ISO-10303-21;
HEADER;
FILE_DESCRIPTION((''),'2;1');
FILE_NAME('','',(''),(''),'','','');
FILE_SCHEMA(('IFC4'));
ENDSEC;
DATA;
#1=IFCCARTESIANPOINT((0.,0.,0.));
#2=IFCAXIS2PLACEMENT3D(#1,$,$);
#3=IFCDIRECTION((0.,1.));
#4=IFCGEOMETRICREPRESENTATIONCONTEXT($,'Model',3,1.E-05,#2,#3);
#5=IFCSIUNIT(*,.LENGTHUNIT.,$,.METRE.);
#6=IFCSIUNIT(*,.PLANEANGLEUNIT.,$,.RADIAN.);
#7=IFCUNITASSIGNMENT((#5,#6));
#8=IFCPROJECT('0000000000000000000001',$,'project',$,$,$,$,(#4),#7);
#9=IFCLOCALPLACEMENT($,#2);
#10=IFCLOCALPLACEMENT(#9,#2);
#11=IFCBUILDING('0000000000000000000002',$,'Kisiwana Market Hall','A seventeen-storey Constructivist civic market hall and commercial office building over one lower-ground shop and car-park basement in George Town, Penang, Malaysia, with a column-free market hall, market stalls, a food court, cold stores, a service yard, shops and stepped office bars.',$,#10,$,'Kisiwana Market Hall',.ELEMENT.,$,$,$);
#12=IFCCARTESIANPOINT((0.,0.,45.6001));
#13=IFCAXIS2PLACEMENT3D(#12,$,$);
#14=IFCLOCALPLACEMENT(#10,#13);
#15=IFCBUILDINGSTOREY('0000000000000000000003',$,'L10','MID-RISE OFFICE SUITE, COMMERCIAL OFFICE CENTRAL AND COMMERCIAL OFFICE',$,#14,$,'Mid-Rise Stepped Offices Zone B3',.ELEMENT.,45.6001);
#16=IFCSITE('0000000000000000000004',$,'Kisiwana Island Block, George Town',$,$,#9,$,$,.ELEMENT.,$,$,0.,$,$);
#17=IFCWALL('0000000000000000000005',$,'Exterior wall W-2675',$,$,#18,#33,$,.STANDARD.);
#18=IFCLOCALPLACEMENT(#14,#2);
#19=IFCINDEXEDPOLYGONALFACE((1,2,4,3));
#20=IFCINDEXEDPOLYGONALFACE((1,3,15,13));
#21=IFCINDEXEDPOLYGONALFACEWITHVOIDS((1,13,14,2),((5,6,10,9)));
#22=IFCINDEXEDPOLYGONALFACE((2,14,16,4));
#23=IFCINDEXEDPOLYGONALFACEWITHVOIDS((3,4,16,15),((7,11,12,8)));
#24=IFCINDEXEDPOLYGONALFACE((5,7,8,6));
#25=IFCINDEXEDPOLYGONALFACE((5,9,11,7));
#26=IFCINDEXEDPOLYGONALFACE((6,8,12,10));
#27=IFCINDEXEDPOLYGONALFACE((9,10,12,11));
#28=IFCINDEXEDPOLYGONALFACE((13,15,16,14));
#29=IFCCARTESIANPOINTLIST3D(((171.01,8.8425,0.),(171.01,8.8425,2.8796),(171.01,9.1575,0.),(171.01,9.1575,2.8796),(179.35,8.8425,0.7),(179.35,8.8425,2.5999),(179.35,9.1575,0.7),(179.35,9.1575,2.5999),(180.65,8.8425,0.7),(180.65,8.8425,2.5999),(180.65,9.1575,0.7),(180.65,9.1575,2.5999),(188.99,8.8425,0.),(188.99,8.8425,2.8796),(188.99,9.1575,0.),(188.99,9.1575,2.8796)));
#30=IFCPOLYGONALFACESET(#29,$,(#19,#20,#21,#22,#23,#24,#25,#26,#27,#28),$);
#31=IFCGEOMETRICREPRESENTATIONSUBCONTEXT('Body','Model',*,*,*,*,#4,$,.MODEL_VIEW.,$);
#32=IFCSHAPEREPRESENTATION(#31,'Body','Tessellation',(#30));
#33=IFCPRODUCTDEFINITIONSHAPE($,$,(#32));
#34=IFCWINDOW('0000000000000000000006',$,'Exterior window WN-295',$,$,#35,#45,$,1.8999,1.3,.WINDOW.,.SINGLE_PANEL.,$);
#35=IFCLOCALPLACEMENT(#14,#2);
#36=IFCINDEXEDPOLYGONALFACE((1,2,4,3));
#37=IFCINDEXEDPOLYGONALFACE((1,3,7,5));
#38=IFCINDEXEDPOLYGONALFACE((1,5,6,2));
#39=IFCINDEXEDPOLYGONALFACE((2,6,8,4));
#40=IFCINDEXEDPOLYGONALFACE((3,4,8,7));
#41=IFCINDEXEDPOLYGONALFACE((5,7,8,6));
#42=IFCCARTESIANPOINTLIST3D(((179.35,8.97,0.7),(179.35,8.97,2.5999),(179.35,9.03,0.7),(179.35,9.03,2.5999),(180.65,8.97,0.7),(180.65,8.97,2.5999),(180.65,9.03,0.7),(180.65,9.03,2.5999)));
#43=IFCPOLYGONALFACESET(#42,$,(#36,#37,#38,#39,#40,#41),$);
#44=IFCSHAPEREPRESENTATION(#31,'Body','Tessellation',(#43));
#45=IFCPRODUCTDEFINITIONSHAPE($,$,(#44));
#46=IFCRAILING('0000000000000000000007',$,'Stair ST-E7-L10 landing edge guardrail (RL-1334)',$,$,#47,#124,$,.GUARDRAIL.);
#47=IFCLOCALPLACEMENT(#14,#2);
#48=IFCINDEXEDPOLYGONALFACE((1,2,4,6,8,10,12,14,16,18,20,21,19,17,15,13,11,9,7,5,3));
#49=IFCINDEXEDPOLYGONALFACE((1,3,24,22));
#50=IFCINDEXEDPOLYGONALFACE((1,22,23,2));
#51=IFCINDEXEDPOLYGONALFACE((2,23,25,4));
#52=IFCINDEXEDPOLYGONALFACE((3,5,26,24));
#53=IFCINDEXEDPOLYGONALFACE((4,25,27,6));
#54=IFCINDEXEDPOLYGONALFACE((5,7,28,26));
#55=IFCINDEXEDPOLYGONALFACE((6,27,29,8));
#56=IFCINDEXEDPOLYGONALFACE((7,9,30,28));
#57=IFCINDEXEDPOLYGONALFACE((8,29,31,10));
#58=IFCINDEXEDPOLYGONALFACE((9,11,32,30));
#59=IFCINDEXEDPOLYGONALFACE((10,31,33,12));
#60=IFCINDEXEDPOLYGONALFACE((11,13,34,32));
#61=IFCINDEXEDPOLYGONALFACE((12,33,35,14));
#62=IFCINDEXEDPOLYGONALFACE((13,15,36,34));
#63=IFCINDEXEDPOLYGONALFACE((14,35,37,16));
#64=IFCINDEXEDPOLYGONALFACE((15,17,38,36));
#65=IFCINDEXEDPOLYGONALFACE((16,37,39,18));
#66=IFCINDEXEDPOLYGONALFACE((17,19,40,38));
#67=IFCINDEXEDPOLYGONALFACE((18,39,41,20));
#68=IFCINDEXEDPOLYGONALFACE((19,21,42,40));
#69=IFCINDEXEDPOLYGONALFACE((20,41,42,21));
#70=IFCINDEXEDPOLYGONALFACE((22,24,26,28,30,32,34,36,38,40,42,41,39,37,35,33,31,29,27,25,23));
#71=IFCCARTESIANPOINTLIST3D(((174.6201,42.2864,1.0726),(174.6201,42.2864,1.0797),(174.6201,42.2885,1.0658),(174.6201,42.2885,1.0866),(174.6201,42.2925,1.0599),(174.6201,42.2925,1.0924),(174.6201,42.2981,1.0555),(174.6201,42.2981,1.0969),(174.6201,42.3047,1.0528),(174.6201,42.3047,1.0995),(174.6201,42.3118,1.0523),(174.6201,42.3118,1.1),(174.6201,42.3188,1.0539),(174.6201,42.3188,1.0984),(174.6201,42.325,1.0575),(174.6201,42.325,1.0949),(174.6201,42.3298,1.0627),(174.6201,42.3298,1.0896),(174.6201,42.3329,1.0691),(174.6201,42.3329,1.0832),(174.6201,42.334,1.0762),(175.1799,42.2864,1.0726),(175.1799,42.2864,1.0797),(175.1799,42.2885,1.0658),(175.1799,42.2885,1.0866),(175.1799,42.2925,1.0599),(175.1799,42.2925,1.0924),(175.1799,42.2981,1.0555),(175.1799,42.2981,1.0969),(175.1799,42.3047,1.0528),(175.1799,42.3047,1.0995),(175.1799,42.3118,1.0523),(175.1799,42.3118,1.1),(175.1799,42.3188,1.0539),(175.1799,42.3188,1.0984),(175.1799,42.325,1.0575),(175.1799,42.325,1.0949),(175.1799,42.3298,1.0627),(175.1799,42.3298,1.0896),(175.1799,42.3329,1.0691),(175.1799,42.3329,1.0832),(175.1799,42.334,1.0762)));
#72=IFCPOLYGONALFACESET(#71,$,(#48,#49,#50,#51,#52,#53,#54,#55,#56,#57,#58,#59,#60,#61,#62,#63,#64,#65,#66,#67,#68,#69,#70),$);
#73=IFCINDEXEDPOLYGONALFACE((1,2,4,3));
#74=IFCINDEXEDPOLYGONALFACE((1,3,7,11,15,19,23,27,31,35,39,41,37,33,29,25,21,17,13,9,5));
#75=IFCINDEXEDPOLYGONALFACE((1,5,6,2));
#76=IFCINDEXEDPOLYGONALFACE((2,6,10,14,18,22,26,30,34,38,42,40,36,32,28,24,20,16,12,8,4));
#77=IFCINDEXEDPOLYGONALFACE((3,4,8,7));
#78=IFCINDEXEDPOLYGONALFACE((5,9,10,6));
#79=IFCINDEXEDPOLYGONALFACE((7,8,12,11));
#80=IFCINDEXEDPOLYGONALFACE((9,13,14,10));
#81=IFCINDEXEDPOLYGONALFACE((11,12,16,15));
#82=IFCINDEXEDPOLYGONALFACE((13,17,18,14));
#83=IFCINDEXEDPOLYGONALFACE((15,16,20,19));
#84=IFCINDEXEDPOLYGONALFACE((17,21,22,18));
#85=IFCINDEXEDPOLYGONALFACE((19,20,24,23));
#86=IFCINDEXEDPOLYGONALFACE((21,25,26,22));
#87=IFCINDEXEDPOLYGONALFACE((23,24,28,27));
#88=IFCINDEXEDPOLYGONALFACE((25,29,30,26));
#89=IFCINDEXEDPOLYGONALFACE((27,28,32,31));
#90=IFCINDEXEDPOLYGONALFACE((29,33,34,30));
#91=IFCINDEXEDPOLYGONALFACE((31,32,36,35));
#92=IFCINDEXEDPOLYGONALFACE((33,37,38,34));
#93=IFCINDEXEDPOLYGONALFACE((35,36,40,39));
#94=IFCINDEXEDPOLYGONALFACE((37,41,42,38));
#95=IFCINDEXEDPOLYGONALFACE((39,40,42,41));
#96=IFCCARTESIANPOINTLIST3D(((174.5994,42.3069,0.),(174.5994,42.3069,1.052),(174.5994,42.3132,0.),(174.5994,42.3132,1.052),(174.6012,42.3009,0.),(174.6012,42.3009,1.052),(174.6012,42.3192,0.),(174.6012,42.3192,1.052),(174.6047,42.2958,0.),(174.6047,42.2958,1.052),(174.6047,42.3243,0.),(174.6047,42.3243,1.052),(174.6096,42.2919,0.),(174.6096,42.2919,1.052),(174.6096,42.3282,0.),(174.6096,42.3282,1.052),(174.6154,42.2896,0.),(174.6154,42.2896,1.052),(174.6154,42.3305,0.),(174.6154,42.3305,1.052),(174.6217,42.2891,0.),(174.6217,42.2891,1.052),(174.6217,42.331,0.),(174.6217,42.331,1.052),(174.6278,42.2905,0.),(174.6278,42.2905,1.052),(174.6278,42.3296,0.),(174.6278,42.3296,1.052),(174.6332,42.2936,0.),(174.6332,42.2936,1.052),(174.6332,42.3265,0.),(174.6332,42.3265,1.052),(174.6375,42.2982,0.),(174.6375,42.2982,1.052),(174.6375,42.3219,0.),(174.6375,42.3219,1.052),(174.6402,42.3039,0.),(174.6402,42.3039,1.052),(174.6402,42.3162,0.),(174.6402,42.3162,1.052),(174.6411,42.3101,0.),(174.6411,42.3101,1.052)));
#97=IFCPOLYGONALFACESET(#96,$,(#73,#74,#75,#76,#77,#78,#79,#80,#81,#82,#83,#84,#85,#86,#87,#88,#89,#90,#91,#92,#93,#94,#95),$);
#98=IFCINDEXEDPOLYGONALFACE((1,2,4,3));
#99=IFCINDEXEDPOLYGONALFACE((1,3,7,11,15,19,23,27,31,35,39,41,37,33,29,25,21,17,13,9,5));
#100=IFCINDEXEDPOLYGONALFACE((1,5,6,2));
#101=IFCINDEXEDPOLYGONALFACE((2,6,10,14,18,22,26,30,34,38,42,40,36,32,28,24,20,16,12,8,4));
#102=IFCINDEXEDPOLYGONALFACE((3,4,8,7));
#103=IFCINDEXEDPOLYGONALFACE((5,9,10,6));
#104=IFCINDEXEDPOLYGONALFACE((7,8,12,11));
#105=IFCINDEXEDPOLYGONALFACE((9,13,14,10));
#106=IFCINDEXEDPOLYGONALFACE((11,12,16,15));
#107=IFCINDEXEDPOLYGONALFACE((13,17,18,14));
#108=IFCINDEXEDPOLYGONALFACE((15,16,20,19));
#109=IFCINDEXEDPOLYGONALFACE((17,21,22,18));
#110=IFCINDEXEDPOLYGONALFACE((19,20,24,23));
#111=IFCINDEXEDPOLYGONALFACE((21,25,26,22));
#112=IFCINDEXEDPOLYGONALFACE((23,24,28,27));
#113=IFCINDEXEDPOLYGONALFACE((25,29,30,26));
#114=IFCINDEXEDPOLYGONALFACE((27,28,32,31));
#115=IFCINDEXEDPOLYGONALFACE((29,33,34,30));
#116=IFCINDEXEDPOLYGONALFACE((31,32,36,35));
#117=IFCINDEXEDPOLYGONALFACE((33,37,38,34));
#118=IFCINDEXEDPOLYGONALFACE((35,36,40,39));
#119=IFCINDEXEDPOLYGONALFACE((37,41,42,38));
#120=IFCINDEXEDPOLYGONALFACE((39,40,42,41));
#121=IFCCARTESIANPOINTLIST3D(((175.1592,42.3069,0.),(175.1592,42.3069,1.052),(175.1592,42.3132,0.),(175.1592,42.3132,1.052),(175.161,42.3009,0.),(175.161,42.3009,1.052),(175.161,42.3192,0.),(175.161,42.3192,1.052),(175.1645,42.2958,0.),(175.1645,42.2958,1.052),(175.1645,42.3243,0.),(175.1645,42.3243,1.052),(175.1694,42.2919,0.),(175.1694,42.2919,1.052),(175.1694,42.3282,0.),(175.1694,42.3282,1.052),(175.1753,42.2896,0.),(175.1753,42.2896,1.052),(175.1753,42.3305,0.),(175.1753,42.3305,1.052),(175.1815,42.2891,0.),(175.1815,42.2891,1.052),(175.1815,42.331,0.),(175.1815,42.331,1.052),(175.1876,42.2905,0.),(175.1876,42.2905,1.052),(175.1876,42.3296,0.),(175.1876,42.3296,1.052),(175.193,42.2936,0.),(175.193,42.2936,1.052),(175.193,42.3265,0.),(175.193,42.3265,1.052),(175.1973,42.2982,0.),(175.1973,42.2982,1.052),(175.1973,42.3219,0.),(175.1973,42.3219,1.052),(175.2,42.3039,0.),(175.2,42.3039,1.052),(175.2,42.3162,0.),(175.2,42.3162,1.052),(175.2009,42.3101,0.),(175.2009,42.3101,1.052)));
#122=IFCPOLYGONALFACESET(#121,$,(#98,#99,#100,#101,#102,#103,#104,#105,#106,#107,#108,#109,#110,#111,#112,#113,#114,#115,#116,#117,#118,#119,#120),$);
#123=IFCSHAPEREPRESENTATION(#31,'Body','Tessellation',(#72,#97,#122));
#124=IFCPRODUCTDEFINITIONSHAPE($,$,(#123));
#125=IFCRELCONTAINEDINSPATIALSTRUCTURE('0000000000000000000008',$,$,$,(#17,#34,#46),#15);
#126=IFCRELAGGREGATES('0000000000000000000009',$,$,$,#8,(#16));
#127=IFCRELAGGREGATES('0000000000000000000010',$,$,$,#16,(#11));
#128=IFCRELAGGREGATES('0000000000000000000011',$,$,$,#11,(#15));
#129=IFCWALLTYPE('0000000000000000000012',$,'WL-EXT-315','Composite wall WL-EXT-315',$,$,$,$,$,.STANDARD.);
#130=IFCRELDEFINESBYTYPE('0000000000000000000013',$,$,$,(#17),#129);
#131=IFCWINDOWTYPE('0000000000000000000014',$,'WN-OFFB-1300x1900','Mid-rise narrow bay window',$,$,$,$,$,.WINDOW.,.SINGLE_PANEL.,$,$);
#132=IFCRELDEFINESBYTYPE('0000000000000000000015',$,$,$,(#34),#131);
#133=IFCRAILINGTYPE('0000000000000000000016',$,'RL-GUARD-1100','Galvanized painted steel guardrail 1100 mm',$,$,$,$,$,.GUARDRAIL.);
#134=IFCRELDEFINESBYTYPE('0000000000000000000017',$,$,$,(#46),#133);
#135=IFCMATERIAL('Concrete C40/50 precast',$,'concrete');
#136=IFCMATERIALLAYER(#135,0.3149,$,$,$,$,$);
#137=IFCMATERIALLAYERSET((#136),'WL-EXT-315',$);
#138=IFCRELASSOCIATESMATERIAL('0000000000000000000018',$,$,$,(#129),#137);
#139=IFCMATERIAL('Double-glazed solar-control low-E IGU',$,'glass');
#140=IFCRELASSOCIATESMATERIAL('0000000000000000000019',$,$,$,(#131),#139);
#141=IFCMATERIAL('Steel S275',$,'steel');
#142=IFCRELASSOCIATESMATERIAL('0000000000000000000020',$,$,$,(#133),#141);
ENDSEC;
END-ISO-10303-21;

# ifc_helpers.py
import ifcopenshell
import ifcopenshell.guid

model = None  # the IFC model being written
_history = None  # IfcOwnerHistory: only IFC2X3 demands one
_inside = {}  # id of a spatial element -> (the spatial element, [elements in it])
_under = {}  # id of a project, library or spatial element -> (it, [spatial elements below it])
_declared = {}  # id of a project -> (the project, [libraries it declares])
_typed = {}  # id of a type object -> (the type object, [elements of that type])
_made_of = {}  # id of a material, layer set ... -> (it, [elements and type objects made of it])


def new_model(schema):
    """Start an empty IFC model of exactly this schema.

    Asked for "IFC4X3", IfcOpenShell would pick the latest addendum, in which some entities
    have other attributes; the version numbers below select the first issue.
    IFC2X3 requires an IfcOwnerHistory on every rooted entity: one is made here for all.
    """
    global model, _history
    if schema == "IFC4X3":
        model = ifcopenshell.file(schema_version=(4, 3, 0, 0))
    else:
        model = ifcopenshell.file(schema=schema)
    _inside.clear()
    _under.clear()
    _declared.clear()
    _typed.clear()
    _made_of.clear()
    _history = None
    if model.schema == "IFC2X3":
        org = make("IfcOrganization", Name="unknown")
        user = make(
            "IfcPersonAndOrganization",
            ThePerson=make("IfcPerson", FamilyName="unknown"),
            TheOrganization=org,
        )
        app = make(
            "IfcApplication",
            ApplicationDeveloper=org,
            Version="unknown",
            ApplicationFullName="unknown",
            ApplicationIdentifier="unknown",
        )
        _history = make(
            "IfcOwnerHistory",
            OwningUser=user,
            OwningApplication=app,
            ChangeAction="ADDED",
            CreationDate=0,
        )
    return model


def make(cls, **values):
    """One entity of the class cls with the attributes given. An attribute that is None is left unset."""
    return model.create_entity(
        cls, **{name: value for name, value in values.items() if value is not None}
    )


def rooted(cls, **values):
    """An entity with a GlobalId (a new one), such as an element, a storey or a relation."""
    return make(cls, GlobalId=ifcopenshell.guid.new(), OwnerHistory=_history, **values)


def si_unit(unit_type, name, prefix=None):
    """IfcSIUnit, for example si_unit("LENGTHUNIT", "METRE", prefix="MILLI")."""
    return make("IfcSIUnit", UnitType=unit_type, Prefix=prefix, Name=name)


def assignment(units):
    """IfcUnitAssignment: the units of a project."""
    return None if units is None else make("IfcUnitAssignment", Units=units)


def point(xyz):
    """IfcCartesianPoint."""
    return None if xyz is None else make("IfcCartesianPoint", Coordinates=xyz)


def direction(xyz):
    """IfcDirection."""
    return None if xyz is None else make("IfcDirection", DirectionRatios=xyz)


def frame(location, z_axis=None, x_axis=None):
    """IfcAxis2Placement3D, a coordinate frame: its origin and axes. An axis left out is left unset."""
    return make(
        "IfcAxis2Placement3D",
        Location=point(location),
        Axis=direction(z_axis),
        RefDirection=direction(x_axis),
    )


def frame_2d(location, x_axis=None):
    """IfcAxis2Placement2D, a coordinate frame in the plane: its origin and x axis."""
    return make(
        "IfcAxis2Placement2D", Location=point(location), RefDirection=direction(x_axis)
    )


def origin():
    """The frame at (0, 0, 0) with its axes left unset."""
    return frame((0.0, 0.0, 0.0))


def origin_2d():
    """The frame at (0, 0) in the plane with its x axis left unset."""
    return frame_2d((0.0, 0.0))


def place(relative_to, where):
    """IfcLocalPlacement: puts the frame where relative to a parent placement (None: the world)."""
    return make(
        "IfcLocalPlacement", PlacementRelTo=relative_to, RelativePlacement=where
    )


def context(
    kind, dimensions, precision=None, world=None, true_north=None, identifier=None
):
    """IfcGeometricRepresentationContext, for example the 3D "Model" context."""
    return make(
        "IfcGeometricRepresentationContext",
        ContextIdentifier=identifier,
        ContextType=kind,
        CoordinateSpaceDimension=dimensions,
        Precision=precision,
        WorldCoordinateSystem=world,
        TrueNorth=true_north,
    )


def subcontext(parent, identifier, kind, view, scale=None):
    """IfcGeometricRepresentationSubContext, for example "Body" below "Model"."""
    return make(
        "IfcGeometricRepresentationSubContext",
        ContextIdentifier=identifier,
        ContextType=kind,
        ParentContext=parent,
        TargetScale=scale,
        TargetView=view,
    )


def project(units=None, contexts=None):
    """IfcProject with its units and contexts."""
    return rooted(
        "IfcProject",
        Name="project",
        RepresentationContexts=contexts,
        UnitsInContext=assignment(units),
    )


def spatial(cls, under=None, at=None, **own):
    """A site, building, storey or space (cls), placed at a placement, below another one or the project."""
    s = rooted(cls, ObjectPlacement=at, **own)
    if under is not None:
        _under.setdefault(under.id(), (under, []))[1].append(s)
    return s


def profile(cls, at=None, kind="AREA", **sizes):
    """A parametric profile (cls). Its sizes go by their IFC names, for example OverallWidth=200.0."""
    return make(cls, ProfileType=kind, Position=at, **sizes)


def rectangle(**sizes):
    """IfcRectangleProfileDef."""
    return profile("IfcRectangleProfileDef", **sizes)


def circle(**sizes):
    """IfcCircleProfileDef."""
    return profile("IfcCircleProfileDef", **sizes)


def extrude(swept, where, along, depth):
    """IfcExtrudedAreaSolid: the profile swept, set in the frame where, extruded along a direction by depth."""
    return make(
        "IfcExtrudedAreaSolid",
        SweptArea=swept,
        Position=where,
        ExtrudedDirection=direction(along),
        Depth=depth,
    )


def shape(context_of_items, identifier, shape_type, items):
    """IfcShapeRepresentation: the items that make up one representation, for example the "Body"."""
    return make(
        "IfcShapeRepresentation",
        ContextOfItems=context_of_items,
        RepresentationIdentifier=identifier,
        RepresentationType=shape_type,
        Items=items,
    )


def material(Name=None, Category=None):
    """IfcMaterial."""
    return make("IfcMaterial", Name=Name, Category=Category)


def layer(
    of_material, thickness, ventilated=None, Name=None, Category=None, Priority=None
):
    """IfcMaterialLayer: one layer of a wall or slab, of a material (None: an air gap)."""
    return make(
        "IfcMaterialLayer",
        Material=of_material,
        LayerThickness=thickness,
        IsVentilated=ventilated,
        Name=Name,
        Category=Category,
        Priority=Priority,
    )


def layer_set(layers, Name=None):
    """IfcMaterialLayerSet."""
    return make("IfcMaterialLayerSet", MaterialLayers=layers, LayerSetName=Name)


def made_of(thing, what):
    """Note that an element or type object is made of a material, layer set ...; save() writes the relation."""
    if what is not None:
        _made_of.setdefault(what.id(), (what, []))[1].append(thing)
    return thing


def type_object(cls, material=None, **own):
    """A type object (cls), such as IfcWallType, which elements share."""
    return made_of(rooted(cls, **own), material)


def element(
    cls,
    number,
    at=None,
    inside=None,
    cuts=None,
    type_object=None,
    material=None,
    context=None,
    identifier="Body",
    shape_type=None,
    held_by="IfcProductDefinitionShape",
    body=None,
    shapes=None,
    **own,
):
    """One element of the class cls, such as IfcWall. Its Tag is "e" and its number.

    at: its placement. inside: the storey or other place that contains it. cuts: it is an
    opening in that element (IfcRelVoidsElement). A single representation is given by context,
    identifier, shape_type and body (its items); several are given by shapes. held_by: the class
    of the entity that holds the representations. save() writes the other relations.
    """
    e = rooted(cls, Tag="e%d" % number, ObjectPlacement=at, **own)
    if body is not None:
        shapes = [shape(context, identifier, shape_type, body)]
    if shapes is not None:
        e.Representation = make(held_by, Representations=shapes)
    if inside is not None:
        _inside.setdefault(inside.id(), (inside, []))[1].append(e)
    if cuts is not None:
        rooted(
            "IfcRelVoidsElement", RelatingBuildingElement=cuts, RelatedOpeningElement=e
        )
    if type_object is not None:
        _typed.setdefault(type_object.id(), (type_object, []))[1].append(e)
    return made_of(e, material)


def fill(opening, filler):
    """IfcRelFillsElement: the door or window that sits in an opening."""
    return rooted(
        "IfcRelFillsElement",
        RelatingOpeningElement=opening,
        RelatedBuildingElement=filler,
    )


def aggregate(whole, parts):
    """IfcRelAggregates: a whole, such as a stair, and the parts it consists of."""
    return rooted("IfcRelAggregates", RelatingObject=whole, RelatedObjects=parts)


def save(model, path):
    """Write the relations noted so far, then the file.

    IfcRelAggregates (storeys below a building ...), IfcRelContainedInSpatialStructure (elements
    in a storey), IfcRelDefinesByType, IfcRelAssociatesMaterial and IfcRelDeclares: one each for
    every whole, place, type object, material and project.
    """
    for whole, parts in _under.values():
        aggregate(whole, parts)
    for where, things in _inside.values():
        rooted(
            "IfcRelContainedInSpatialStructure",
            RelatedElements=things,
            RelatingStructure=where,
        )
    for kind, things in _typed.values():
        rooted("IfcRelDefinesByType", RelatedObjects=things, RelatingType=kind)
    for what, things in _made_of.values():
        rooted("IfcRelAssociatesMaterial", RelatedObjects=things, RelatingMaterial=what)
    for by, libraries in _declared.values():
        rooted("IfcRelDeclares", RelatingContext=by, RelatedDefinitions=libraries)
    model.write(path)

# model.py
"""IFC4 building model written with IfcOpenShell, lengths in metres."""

from ifc_helpers import new_model, si_unit, direction, frame, frame_2d, origin, origin_2d, place, context, subcontext, project, spatial, rectangle, circle, extrude, material, layer, layer_set, type_object, element, fill, save


model = new_model("IFC4")

# Units and contexts
model_context = context("Model", 3, precision=1e-05, world=origin(), true_north=direction((0.0, 1.0)))
body_context = subcontext(model_context, "Body", "Model", "MODEL_VIEW")
ifc_project = project(units=[si_unit("LENGTHUNIT", "METRE"), si_unit("PLANEANGLEUNIT", "RADIAN")], contexts=[model_context])

# Site, building, storey
site_placement = place(None, origin())
site = spatial("IfcSite", under=ifc_project, at=site_placement, Name="Kisiwana Island Block, George Town", CompositionType="ELEMENT", RefElevation=0.0)
building_placement = place(site_placement, origin())
building = spatial("IfcBuilding", under=site, at=building_placement, Name="Kisiwana Market Hall", Description="A seventeen-storey Constructivist civic market hall and commercial office building over one lower-ground shop and car-park basement in George Town, Penang, Malaysia, with a column-free market hall, market stalls, a food court, cold stores, a service yard, shops and stepped office bars.", LongName="Kisiwana Market Hall", CompositionType="ELEMENT")
storey_placement = place(building_placement, frame((0.0, 0.0, 45.6001)))
storey = spatial("IfcBuildingStorey", under=building, at=storey_placement, Name="L10", Description="MID-RISE OFFICE SUITE, COMMERCIAL OFFICE CENTRAL AND COMMERCIAL OFFICE", LongName="Mid-Rise Stepped Offices Zone B3", CompositionType="ELEMENT", Elevation=45.6001)

# Wall, opening, window
ifc_material_1 = material(Name="Concrete C40/50 precast", Category="concrete")
ifc_layer_1 = layer(ifc_material_1, 0.3149)
ifc_layer_set_1 = layer_set([ifc_layer_1], Name="WL-EXT-315")
wall_type_1 = type_object("IfcWallType", Name="WL-EXT-315", Description="Composite wall WL-EXT-315", PredefinedType="STANDARD", material=ifc_layer_set_1)
wall_1_placement = place(storey_placement, frame((171.01, 9.0, 0.0), z_axis=(0.0, 0.0, 1.0), x_axis=(1.0, 0.0, 0.0)))
wall_1 = element("IfcWall", 1, at=wall_1_placement, inside=storey, type_object=wall_type_1, Name="Exterior wall W-2675", PredefinedType="STANDARD", context=body_context, shape_type="SweptSolid", body=[
    extrude(rectangle(XDim=17.98, YDim=0.3149, at=frame_2d((8.99, 0.0))), origin(), (0.0, 0.0, 1.0), 2.8796),
])
opening_1_placement = place(wall_1_placement, frame((8.3401, 0.0, 0.7)))
opening_1 = element("IfcOpeningElement", 2, at=opening_1_placement, cuts=wall_1, PredefinedType="OPENING", context=body_context, shape_type="SweptSolid", body=[
    extrude(rectangle(XDim=1.3, YDim=1.8999, at=frame_2d((0.6499, 0.95))), frame((0.0, 0.1694, 0.0), z_axis=(0.0, -1.0, 0.0), x_axis=(1.0, 0.0, 0.0)), (0.0, 0.0, 1.0), 0.3389),
])
ifc_material_2 = material(Name="Double-glazed solar-control low-E IGU", Category="glass")
window_type = type_object("IfcWindowType", Name="WN-OFFB-1300x1900", Description="Mid-rise narrow bay window", PartitioningType="SINGLE_PANEL", PredefinedType="WINDOW", material=ifc_material_2)
window_placement = place(opening_1_placement, origin())
window = element("IfcWindow", 3, at=window_placement, inside=storey, type_object=window_type, Name="Exterior window WN-295", OverallHeight=1.8999, OverallWidth=1.3, PartitioningType="SINGLE_PANEL", PredefinedType="WINDOW", context=body_context, shape_type="SweptSolid", body=[
    extrude(rectangle(XDim=1.3, YDim=1.8999, at=frame_2d((0.6499, 0.95))), frame((0.0, 0.03, 0.0), z_axis=(0.0, -1.0, 0.0), x_axis=(1.0, 0.0, 0.0)), (0.0, 0.0, 1.0), 0.0601),
])
fill(opening_1, window)

# Railing
ifc_material_3 = material(Name="Steel S275", Category="steel")
railing_type = type_object("IfcRailingType", Name="RL-GUARD-1100", Description="Galvanized painted steel guardrail 1100 mm", PredefinedType="GUARDRAIL", material=ifc_material_3)
railing_placement = place(storey_placement, frame((174.6201, 42.3101, 0.0)))
element("IfcRailing", 4, at=railing_placement, inside=storey, type_object=railing_type, Name="Stair ST-E7-L10 landing edge guardrail (RL-1334)", PredefinedType="GUARDRAIL", context=body_context, shape_type="SweptSolid", body=[
    extrude(circle(Radius=0.0239, at=origin_2d()), frame((0.0, 0.0, 1.0762), z_axis=(1.0, 0.0, 0.0), x_axis=(0.0, 1.0, 0.0)), (0.0, 0.0, 1.0), 0.5598),
    extrude(circle(Radius=0.021, at=origin_2d()), origin(), (0.0, 0.0, 1.0), 1.052),
    extrude(circle(Radius=0.021, at=origin_2d()), frame((0.5598, 0.0, 0.0)), (0.0, 0.0, 1.0), 1.052),
])

save(model, "model.ifc")
